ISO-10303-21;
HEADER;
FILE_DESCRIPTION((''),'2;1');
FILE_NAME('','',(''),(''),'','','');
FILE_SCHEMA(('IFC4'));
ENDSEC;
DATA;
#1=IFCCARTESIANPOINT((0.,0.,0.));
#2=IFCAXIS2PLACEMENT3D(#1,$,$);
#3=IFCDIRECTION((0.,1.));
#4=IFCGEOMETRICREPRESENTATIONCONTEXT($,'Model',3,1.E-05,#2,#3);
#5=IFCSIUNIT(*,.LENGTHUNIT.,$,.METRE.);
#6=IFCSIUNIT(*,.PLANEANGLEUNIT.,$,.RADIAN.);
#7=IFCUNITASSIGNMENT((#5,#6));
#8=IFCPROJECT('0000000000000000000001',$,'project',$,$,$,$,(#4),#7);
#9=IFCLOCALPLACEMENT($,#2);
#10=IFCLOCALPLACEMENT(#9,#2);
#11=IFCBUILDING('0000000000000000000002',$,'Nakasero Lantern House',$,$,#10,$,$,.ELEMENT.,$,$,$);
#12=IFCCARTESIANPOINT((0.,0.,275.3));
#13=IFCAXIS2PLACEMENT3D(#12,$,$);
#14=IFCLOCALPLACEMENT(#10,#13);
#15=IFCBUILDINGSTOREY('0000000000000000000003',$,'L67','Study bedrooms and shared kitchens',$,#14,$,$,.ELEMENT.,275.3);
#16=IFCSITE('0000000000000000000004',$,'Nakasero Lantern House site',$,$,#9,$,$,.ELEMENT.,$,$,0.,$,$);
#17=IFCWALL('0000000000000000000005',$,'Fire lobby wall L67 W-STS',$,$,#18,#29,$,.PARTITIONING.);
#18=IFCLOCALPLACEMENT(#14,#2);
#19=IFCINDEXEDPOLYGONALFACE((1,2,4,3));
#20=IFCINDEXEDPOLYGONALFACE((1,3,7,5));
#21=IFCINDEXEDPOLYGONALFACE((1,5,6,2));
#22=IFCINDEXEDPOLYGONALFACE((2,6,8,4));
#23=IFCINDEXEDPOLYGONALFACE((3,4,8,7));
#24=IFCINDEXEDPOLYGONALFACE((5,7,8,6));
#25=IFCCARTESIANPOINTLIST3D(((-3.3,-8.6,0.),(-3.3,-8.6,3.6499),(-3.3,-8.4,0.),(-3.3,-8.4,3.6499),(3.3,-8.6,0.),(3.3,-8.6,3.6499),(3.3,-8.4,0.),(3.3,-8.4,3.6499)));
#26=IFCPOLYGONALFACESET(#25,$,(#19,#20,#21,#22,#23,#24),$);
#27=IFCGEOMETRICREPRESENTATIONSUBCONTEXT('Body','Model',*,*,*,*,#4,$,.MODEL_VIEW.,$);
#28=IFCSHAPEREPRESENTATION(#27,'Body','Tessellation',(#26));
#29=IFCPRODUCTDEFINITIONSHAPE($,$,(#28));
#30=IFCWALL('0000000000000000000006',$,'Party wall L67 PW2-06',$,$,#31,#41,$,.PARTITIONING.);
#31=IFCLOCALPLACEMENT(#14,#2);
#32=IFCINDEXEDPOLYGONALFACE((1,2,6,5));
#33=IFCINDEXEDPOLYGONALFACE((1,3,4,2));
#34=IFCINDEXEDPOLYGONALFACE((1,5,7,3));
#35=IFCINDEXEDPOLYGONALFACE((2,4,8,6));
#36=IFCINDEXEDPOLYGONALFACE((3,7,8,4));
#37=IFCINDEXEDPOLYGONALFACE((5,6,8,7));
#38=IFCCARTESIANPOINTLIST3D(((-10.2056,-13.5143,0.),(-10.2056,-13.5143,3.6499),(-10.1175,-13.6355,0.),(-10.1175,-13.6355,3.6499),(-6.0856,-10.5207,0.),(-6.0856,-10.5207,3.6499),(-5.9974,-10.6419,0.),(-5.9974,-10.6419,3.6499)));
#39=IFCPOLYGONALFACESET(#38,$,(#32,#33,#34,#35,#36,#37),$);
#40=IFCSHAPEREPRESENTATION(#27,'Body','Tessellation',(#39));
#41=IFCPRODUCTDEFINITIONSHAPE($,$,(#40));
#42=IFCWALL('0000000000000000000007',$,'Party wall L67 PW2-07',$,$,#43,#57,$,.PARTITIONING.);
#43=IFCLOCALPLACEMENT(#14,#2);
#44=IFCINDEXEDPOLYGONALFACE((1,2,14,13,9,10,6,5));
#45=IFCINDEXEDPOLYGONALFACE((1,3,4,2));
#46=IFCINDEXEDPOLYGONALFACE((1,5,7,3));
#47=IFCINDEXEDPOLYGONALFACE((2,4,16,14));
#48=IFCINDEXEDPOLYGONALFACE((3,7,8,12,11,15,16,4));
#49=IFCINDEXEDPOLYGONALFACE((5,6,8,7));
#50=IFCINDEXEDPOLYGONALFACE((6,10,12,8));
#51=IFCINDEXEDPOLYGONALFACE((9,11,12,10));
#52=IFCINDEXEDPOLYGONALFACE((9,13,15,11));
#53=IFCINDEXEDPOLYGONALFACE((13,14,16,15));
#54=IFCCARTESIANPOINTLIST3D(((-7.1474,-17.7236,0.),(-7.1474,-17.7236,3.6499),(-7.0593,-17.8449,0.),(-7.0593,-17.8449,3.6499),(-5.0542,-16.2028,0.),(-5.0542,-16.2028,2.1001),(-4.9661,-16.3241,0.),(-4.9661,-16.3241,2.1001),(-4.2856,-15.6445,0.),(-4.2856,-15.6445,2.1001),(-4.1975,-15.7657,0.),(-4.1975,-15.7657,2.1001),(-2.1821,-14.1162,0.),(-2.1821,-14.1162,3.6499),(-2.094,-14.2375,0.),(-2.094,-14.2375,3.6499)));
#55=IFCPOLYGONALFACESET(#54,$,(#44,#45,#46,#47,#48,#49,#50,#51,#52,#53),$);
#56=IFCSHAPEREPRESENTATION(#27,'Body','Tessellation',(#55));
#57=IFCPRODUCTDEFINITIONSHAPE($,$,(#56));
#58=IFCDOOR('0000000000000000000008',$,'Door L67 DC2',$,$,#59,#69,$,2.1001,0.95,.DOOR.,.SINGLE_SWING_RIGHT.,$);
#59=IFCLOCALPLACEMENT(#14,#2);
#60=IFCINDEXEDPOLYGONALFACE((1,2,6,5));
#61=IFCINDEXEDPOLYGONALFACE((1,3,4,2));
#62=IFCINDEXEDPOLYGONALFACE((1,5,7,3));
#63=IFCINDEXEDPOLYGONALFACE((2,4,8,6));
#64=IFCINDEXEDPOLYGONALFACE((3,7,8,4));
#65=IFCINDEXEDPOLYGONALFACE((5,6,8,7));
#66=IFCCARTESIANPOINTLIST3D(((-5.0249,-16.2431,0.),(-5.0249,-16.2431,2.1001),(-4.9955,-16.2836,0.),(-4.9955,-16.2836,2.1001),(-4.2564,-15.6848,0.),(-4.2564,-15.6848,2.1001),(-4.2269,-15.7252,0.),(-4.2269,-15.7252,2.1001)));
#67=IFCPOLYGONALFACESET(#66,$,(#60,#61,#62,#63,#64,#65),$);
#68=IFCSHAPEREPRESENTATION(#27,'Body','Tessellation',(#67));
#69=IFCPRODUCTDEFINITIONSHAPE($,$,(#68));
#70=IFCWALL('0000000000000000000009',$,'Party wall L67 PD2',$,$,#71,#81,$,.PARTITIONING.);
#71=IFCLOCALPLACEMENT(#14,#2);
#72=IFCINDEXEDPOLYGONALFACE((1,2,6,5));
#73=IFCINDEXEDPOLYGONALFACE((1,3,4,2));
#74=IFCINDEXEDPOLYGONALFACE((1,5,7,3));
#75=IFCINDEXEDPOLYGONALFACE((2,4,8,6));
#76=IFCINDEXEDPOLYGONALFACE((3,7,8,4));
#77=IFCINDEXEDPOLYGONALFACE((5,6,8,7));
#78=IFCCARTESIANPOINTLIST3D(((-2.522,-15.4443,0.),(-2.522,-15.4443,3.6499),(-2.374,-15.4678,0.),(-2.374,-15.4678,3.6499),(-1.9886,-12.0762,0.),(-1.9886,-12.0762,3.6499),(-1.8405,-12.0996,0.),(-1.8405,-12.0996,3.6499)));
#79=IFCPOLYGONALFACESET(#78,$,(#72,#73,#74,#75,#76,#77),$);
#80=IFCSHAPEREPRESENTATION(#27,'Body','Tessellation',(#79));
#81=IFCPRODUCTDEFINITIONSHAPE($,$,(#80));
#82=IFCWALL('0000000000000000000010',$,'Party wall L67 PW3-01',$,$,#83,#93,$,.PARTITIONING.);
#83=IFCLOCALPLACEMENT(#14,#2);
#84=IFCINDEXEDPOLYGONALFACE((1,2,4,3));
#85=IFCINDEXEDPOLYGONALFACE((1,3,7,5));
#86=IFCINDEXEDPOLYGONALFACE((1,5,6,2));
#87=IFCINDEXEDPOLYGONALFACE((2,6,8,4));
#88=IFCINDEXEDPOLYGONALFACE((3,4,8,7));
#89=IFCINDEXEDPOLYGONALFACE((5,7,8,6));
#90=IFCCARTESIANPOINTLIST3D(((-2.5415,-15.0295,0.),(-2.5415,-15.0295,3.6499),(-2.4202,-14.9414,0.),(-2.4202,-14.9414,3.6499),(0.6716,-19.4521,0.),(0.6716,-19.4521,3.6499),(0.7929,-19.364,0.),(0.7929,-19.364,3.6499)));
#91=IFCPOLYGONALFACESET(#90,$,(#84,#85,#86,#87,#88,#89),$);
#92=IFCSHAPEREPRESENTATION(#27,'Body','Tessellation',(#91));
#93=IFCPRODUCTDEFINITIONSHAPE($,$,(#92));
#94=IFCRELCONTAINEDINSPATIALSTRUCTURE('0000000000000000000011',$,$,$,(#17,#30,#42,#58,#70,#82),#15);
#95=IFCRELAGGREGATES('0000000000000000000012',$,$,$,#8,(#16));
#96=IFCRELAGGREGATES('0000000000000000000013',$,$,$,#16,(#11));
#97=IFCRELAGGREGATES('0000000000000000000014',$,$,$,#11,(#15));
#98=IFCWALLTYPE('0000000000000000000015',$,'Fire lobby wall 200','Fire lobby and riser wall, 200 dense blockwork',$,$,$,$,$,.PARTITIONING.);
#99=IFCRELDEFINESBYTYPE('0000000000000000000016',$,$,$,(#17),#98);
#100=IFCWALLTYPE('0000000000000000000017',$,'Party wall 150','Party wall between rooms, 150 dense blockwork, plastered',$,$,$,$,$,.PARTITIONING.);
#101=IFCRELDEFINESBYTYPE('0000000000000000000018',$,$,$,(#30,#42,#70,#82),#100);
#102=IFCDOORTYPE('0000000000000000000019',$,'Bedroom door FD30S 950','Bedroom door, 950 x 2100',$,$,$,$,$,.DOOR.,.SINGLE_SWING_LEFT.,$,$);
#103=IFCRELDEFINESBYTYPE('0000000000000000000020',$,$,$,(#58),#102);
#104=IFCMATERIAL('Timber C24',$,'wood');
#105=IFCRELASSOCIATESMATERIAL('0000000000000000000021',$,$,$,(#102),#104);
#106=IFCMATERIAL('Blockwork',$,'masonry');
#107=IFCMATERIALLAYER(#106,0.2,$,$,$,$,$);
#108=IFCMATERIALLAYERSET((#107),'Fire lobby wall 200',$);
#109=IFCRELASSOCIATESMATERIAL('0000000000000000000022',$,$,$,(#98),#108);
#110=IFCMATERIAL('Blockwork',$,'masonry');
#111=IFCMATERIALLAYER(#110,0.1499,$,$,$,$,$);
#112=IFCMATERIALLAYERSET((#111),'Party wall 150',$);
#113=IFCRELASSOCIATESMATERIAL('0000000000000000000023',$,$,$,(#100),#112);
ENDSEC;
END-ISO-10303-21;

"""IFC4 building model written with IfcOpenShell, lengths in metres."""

from ifc_helpers import new_model, si_unit, direction, frame, frame_2d, origin, place, context, subcontext, project, spatial, rectangle, extrude, material, layer, layer_set, type_object, element, fill, save


model = new_model("IFC4")

# Units and contexts
model_context = context("Model", 3, precision=1e-05, world=origin(), true_north=direction((0.0, 1.0)))
body_context = subcontext(model_context, "Body", "Model", "MODEL_VIEW")
ifc_project = project(units=[si_unit("LENGTHUNIT", "METRE"), si_unit("PLANEANGLEUNIT", "RADIAN")], contexts=[model_context])

# Site, building, storey
site_placement = place(None, origin())
site = spatial("IfcSite", under=ifc_project, at=site_placement, Name="Nakasero Lantern House site", CompositionType="ELEMENT", RefElevation=0.0)
building_placement = place(site_placement, origin())
building = spatial("IfcBuilding", under=site, at=building_placement, Name="Nakasero Lantern House", CompositionType="ELEMENT")
storey_placement = place(building_placement, frame((0.0, 0.0, 275.3)))
storey = spatial("IfcBuildingStorey", under=building, at=storey_placement, Name="L67", Description="Study bedrooms and shared kitchens", CompositionType="ELEMENT", Elevation=275.3)

# Shared definitions
ifc_material_1 = material(Name="Timber C24", Category="wood")
door_type_1 = type_object("IfcDoorType", Name="Bedroom door FD30S 950", Description="Bedroom door, 950 x 2100", OperationType="SINGLE_SWING_LEFT", PredefinedType="DOOR", material=ifc_material_1)

# Walls
ifc_material_2 = material(Name="Blockwork", Category="masonry")
ifc_layer_1 = layer(ifc_material_2, 0.2)
ifc_layer_set_1 = layer_set([ifc_layer_1], Name="Fire lobby wall 200")
wall_type_1 = type_object("IfcWallType", Name="Fire lobby wall 200", Description="Fire lobby and riser wall, 200 dense blockwork", PredefinedType="PARTITIONING", material=ifc_layer_set_1)
wall_1_placement = place(storey_placement, frame((-3.3, -8.5, 0.0), z_axis=(0.0, 0.0, 1.0), x_axis=(1.0, 0.0, 0.0)))
element("IfcWall", 1, at=wall_1_placement, inside=storey, type_object=wall_type_1, Name="Fire lobby wall L67 W-STS", PredefinedType="PARTITIONING", context=body_context, shape_type="SweptSolid", body=[
    extrude(rectangle(XDim=6.6001, YDim=0.2, at=frame_2d((3.3, 0.0))), origin(), (0.0, 0.0, 1.0), 3.6499),
])
ifc_material_3 = material(Name="Blockwork", Category="masonry")
ifc_layer_2 = layer(ifc_material_3, 0.1499)
ifc_layer_set_2 = layer_set([ifc_layer_2], Name="Party wall 150")
wall_type_2 = type_object("IfcWallType", Name="Party wall 150", Description="Party wall between rooms, 150 dense blockwork, plastered", PredefinedType="PARTITIONING", material=ifc_layer_set_2)
wall_2_placement = place(storey_placement, frame((-6.0415, -10.5813, 0.0), z_axis=(0.0, 0.0, 1.0), x_axis=(-0.808997, -0.587812, 0.0)))
element("IfcWall", 2, at=wall_2_placement, inside=storey, type_object=wall_type_2, Name="Party wall L67 PW2-06", PredefinedType="PARTITIONING", context=body_context, shape_type="SweptSolid", body=[
    extrude(rectangle(XDim=5.0928, YDim=0.1499, at=frame_2d((2.5464, 0.0))), origin(), (0.0, 0.0, 1.0), 3.6499),
])

# Wall, opening, door
wall_3_placement = place(storey_placement, frame((-2.1379, -14.1768, 0.0), z_axis=(0.0, 0.0, 1.0), x_axis=(-0.809025, -0.587774, 0.0)))
wall_3 = element("IfcWall", 3, at=wall_3_placement, inside=storey, type_object=wall_type_2, Name="Party wall L67 PW2-07", PredefinedType="PARTITIONING", context=body_context, shape_type="SweptSolid", body=[
    extrude(rectangle(XDim=6.1375, YDim=0.1499, at=frame_2d((3.0688, 0.0))), origin(), (0.0, 0.0, 1.0), 3.6499),
])
opening_1_placement = place(wall_3_placement, frame((2.6001, 0.0, 0.0)))
opening_1 = element("IfcOpeningElement", 4, at=opening_1_placement, cuts=wall_3, PredefinedType="OPENING", context=body_context, shape_type="SweptSolid", body=[
    extrude(rectangle(XDim=0.95, YDim=2.1001, at=frame_2d((0.4751, 1.05))), frame((0.0, 0.095, 0.0), z_axis=(0.0, -1.0, 0.0), x_axis=(1.0, 0.0, 0.0)), (0.0, 0.0, 1.0), 0.1899),
])
door_1_placement = place(opening_1_placement, origin())
door_1 = element("IfcDoor", 5, at=door_1_placement, inside=storey, type_object=door_type_1, Name="Door L67 DC2", OperationType="SINGLE_SWING_RIGHT", OverallHeight=2.1001, OverallWidth=0.95, PredefinedType="DOOR", context=body_context, shape_type="SweptSolid", body=[
    extrude(rectangle(XDim=0.95, YDim=2.1001, at=frame_2d((0.4751, 1.05))), frame((0.0, 0.0249, 0.0), z_axis=(0.0, -1.0, 0.0), x_axis=(1.0, 0.0, 0.0)), (0.0, 0.0, 1.0), 0.05),
])
fill(opening_1, door_1)

# Walls
wall_4_placement = place(storey_placement, frame((-1.9146, -12.0879, 0.0), z_axis=(0.0, 0.0, 1.0), x_axis=(-0.156429, -0.987689, 0.0)))
element("IfcWall", 6, at=wall_4_placement, inside=storey, type_object=wall_type_2, Name="Party wall L67 PD2", PredefinedType="PARTITIONING", context=body_context, shape_type="SweptSolid", body=[
    extrude(rectangle(XDim=3.4102, YDim=0.1499, at=frame_2d((1.7051, 0.0))), origin(), (0.0, 0.0, 1.0), 3.6499),
])
wall_5_placement = place(storey_placement, frame((-2.481, -14.9854, 0.0), z_axis=(0.0, 0.0, 1.0), x_axis=(0.587776, -0.809024, 0.0)))
element("IfcWall", 7, at=wall_5_placement, inside=storey, type_object=wall_type_2, Name="Party wall L67 PW3-01", PredefinedType="PARTITIONING", context=body_context, shape_type="SweptSolid", body=[
    extrude(rectangle(XDim=5.4666, YDim=0.1499, at=frame_2d((2.7334, 0.0))), origin(), (0.0, 0.0, 1.0), 3.6499),
])

save(model, "model.ifc")
